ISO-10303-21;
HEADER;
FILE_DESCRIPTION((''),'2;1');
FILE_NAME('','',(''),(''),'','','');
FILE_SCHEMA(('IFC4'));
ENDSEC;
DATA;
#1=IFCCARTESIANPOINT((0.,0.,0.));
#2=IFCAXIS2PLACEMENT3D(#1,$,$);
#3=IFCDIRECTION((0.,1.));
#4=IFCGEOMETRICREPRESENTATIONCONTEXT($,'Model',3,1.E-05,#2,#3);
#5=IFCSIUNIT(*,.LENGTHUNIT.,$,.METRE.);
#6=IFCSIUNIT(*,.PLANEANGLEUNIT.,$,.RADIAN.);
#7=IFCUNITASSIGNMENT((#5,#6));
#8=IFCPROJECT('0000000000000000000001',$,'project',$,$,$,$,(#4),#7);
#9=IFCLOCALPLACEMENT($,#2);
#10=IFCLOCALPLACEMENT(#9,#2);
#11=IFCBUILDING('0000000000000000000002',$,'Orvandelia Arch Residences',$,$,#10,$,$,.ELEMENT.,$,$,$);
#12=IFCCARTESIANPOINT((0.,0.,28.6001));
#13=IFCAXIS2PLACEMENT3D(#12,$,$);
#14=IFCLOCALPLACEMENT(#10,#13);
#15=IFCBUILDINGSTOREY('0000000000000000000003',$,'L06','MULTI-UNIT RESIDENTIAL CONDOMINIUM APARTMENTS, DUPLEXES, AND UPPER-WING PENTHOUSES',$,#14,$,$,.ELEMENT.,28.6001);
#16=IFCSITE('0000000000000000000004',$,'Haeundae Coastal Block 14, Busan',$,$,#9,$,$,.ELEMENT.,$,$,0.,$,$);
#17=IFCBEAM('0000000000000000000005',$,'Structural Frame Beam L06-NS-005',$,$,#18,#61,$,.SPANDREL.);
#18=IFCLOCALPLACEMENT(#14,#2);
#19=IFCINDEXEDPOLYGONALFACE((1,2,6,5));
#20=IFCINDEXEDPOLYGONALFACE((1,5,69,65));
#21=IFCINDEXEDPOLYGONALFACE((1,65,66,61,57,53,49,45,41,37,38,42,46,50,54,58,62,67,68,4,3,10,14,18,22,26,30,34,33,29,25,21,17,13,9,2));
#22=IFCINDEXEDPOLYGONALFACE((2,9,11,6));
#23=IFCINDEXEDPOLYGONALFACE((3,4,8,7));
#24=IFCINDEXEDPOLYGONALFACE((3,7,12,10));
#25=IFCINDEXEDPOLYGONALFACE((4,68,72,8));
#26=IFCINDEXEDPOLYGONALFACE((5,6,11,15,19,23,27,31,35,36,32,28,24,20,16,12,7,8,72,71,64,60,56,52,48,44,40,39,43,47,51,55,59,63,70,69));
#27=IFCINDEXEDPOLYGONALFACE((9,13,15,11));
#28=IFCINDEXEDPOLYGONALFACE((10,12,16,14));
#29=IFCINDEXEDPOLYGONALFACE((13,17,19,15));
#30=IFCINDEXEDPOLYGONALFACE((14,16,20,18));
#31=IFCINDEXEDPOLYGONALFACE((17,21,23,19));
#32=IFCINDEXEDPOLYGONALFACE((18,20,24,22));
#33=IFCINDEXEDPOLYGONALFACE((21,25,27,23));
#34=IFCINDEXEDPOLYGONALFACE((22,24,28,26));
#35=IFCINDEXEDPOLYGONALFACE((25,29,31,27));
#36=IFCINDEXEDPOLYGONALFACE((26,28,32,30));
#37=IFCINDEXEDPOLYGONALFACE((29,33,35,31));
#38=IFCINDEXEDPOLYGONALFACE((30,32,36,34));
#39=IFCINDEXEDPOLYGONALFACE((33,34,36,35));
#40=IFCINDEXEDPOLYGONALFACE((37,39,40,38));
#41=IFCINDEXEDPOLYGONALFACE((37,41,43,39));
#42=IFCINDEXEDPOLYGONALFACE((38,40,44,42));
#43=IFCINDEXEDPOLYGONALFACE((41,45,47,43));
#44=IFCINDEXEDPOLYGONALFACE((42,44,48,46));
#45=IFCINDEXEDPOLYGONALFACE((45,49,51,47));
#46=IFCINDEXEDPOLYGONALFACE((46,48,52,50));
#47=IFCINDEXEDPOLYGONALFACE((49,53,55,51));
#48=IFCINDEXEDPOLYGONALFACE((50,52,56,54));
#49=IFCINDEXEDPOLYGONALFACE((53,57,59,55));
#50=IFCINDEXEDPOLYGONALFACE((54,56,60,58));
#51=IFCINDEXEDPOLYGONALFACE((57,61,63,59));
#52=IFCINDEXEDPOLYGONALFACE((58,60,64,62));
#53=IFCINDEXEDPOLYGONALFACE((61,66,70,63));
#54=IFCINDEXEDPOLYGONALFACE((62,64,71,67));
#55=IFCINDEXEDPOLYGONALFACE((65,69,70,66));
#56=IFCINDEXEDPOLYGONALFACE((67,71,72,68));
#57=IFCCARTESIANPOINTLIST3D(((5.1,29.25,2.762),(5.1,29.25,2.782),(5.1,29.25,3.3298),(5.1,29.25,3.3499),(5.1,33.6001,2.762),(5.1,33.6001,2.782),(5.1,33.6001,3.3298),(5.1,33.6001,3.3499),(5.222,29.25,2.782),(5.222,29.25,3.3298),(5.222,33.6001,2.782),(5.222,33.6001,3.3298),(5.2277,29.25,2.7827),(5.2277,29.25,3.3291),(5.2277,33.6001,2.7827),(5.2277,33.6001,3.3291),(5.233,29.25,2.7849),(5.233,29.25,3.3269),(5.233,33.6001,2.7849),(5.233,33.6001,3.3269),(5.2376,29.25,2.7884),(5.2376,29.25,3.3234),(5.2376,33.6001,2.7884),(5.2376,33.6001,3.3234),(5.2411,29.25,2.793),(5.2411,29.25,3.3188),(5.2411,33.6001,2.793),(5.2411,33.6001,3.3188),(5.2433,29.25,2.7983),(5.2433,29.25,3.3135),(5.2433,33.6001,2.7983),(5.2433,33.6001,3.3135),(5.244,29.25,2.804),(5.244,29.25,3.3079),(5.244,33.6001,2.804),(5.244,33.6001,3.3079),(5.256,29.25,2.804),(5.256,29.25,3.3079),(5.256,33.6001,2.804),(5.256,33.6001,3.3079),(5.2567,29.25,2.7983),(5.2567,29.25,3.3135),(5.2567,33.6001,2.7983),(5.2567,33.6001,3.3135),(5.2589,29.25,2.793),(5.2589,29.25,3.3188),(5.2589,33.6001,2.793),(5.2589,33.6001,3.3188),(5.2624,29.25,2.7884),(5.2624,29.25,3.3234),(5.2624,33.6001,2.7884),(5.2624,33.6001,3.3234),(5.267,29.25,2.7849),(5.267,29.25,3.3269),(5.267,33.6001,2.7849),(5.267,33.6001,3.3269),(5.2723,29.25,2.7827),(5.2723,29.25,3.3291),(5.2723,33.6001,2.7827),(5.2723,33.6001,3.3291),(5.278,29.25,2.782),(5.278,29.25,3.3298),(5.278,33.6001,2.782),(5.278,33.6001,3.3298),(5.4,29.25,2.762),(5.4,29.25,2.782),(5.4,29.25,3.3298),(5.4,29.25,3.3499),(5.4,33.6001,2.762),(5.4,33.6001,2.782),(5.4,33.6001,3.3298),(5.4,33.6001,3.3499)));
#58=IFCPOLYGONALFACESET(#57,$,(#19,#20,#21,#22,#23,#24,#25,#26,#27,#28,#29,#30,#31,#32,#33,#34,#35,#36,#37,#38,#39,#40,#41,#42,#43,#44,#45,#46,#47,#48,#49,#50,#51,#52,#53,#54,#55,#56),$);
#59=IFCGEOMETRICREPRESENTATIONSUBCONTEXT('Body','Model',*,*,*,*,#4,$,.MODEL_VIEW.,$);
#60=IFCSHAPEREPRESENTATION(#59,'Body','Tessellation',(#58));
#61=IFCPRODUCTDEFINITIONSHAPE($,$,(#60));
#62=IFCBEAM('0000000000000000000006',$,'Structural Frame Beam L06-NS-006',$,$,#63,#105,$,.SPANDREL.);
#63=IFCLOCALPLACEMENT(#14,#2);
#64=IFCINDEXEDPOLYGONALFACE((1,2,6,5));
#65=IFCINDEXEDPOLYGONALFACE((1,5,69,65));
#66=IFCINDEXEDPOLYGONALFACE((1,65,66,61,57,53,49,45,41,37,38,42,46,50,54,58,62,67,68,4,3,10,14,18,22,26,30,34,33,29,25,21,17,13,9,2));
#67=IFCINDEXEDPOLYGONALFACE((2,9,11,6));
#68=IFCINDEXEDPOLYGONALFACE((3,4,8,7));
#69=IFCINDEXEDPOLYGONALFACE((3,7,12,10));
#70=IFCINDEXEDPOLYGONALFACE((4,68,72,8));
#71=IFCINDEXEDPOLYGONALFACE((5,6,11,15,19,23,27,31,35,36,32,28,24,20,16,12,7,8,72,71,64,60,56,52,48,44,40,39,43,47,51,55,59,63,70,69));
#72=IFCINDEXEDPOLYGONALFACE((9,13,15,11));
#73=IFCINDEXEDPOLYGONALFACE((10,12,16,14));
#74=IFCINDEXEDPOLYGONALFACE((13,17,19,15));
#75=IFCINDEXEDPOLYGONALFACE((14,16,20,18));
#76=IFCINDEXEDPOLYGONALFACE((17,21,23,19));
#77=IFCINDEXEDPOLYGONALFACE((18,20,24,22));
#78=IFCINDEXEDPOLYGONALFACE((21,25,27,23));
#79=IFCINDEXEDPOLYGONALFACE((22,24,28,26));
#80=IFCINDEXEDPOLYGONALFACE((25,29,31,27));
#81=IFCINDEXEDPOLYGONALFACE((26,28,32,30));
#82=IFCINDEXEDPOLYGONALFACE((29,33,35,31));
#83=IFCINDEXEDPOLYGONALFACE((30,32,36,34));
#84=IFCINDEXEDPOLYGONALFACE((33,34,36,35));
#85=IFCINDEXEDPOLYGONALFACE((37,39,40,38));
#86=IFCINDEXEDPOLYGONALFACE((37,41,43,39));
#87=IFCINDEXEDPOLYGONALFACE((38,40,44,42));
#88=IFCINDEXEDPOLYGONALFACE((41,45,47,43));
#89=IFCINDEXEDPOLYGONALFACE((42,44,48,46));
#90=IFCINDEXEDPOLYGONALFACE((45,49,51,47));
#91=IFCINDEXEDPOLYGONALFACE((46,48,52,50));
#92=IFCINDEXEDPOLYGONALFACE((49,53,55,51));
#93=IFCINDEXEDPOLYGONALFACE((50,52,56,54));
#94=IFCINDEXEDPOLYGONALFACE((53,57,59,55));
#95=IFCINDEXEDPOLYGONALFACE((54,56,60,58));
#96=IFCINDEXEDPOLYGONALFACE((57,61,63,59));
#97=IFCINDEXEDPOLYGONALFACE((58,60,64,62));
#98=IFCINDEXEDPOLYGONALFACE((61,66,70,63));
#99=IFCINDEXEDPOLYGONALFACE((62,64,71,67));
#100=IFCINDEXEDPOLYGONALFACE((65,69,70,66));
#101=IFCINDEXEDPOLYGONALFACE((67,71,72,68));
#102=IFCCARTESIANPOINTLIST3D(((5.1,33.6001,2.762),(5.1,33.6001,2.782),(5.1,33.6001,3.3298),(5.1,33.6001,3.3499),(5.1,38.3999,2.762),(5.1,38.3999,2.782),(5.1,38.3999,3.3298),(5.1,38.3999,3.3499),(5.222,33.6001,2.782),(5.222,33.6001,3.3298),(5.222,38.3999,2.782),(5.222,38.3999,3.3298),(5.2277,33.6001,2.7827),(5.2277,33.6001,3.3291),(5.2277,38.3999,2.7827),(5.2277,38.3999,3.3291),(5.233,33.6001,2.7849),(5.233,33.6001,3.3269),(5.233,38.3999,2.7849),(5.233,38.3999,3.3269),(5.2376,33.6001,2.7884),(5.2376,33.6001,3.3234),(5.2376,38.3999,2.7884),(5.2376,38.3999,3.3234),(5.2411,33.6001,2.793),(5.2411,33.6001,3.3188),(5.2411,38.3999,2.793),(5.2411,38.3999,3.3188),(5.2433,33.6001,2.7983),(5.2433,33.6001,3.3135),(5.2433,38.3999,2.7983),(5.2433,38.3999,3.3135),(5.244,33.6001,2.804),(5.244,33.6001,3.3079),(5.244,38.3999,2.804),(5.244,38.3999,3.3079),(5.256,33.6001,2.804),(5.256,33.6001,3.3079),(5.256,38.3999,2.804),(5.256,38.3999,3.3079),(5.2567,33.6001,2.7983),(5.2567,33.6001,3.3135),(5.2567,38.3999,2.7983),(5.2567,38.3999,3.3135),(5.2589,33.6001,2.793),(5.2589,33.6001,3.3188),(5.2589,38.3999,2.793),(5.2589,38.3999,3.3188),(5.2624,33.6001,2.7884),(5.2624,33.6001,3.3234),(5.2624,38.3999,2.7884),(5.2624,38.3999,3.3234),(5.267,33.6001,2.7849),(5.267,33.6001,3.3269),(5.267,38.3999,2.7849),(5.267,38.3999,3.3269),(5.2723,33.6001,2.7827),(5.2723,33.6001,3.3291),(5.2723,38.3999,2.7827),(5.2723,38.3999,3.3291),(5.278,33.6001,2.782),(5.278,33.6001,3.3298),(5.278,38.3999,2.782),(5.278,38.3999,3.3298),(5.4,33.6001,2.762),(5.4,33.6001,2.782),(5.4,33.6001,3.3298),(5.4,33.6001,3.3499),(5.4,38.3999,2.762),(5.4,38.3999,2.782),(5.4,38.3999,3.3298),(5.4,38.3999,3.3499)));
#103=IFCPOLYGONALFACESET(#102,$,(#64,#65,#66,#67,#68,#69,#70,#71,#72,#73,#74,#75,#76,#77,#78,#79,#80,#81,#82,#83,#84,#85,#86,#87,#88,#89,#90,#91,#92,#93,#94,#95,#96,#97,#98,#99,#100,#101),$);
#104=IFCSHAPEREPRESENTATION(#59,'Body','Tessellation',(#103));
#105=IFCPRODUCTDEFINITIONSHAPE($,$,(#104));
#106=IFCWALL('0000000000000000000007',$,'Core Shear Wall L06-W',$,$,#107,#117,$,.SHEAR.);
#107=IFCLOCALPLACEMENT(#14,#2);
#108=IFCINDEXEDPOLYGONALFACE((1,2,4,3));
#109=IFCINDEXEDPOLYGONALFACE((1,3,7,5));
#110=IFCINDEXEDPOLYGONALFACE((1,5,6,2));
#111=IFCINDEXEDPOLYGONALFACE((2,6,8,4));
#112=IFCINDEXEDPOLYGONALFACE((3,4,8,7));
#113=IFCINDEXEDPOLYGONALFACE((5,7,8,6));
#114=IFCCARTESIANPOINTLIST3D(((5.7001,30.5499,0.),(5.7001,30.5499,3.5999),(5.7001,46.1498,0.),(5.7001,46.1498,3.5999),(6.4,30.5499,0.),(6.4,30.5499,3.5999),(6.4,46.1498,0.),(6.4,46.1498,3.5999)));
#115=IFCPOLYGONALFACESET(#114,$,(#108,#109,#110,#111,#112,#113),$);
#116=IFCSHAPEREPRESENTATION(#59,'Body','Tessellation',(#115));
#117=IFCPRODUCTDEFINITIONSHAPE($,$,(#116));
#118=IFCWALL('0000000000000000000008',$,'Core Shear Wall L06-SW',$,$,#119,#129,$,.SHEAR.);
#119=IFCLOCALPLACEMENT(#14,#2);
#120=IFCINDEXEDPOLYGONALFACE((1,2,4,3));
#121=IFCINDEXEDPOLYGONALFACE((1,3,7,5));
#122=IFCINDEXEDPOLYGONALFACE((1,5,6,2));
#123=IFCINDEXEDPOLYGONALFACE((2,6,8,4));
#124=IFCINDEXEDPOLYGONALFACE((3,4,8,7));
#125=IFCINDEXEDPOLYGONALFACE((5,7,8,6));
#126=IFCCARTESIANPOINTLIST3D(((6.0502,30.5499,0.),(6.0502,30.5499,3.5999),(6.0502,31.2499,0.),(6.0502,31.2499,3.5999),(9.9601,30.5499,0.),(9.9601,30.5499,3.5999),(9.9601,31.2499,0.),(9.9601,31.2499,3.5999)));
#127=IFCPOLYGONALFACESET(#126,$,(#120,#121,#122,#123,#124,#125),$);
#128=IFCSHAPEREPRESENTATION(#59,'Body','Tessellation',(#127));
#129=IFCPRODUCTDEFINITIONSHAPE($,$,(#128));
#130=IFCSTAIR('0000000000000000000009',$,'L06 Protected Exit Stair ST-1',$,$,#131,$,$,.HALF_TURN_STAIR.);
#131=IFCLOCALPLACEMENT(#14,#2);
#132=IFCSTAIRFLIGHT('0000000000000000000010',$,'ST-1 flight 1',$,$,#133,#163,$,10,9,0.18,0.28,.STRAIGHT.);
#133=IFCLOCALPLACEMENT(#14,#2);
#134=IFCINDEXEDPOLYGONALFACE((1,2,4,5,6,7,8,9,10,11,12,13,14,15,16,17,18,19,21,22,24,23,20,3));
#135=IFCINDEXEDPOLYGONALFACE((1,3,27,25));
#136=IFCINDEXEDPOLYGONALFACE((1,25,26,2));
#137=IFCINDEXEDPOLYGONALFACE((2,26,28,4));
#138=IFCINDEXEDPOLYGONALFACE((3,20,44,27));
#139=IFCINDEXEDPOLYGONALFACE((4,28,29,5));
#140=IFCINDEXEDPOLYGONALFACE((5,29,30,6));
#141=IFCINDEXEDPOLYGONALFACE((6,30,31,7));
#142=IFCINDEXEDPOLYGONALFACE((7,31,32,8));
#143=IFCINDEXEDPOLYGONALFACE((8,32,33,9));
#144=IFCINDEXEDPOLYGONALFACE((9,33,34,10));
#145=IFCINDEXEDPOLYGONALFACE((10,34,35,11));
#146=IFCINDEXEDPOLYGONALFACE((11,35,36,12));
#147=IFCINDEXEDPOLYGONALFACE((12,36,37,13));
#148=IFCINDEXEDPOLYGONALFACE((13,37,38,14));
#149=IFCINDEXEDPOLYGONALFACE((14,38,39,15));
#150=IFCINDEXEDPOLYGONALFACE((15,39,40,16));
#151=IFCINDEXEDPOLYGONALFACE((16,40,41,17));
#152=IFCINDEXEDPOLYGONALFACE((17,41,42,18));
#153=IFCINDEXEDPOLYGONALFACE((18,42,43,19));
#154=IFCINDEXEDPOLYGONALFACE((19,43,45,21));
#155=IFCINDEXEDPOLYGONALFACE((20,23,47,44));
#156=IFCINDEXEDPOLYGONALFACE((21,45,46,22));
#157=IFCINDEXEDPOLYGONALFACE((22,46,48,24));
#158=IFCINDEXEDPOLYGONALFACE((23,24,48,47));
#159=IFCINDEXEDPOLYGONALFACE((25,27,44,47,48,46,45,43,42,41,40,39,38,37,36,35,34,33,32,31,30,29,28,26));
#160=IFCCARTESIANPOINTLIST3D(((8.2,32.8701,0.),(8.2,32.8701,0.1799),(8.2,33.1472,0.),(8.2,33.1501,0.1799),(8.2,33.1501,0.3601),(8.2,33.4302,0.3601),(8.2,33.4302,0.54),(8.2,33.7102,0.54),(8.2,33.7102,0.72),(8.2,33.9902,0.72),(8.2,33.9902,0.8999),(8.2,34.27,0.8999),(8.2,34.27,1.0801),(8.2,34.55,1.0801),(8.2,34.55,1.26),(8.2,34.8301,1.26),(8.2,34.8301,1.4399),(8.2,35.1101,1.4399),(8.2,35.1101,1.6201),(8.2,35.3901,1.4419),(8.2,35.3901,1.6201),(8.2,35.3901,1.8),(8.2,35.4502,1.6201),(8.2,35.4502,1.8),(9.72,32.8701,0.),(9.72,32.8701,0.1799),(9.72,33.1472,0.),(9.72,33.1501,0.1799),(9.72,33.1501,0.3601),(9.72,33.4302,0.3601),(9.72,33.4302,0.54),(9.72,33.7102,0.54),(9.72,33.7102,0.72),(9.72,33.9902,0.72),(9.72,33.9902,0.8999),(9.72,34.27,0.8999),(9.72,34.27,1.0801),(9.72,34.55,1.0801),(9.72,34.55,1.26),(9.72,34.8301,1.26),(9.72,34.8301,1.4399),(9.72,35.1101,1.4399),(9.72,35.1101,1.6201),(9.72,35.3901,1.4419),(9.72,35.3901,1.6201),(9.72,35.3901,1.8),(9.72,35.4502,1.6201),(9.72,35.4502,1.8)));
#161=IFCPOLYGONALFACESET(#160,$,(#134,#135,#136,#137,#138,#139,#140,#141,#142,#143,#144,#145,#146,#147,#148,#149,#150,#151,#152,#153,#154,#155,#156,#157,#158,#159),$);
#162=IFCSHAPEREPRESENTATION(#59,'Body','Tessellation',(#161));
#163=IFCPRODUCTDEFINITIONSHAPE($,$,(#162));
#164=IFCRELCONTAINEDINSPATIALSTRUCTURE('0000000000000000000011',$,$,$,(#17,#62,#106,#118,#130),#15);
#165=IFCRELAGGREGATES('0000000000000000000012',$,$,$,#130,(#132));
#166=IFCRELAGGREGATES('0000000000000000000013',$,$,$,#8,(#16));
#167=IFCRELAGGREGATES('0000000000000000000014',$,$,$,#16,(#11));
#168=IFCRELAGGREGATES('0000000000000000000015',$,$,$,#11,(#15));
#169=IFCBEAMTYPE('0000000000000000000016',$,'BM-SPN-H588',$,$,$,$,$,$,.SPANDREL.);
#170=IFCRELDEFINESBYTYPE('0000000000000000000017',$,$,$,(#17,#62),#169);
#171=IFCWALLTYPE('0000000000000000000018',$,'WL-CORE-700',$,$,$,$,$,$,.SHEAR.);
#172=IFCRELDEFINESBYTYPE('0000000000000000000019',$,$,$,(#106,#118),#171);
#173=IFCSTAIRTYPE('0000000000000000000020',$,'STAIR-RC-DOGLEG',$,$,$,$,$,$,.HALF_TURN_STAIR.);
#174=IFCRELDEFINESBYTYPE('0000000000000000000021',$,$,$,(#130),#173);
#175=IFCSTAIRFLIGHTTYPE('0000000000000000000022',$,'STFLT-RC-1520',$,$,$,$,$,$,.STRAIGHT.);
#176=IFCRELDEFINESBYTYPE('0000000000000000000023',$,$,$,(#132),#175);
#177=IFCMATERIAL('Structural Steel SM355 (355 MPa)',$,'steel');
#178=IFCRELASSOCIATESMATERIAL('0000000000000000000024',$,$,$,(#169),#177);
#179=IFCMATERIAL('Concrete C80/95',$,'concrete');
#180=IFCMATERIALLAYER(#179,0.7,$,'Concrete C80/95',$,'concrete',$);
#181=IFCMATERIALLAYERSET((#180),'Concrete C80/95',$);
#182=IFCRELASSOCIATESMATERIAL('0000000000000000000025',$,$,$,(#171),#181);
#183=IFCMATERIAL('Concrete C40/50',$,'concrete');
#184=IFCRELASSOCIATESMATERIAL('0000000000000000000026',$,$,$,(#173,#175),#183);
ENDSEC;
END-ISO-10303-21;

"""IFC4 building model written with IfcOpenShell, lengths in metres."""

from ifc_helpers import new_model, si_unit, direction, frame, frame_2d, origin, origin_2d, place, context, subcontext, project, spatial, polyline, rectangle, i_section, outline, extrude, material, layer, layer_set, material_profile, profile_set, type_object, element, aggregate, save


model = new_model("IFC4")

# Units and contexts
model_context = context("Model", 3, precision=1e-05, world=origin(), true_north=direction((0.0, 1.0)))
body_context = subcontext(model_context, "Body", "Model", "MODEL_VIEW")
ifc_project = project(units=[si_unit("LENGTHUNIT", "METRE"), si_unit("PLANEANGLEUNIT", "RADIAN")], contexts=[model_context])

# Site, building, storey
site_placement = place(None, origin())
site = spatial("IfcSite", under=ifc_project, at=site_placement, Name="Haeundae Coastal Block 14, Busan", CompositionType="ELEMENT", RefElevation=0.0)
building_placement = place(site_placement, origin())
building = spatial("IfcBuilding", under=site, at=building_placement, Name="Orvandelia Arch Residences", CompositionType="ELEMENT")
storey_placement = place(building_placement, frame((0.0, 0.0, 28.6001)))
storey = spatial("IfcBuildingStorey", under=building, at=storey_placement, Name="L06", Description="MULTI-UNIT RESIDENTIAL CONDOMINIUM APARTMENTS, DUPLEXES, AND UPPER-WING PENTHOUSES", CompositionType="ELEMENT", Elevation=28.6001)

# Shared definitions
ifc_material_1 = material(Name="Concrete C80/95", Category="concrete")

# Beams
ifc_material_2 = material(Name="Structural Steel SM355 (355 MPa)", Category="steel")
ifc_material_profile_1 = material_profile(ifc_material_2, i_section(OverallWidth=0.3, OverallDepth=0.5879, WebThickness=0.012, FlangeThickness=0.02, FilletRadius=0.022, at=origin_2d()), Name="Structural Steel SM355 (355 MPa)", Category="steel")
ifc_profile_set_1 = profile_set([ifc_material_profile_1], Name="Structural Steel SM355 (355 MPa)")
beam_type_1 = type_object("IfcBeamType", Name="BM-SPN-H588", PredefinedType="SPANDREL", material=ifc_profile_set_1)
beam_1_placement = place(storey_placement, frame((5.25, 29.25, 3.0559), z_axis=(0.0, 1.0, 0.0), x_axis=(-1.0, 0.0, 0.0)))
element("IfcBeam", 1, at=beam_1_placement, inside=storey, type_object=beam_type_1, Name="Structural Frame Beam L06-NS-005", PredefinedType="SPANDREL", context=body_context, shape_type="SweptSolid", body=[
    extrude(i_section(OverallWidth=0.3, OverallDepth=0.5879, WebThickness=0.012, FlangeThickness=0.02, FilletRadius=0.022, at=origin_2d()), origin(), (0.0, 0.0, 1.0), 4.3501),
])
beam_2_placement = place(storey_placement, frame((5.25, 33.6001, 3.0559), z_axis=(0.0, 1.0, 0.0), x_axis=(-1.0, 0.0, 0.0)))
element("IfcBeam", 2, at=beam_2_placement, inside=storey, type_object=beam_type_1, Name="Structural Frame Beam L06-NS-006", PredefinedType="SPANDREL", context=body_context, shape_type="SweptSolid", body=[
    extrude(i_section(OverallWidth=0.3, OverallDepth=0.5879, WebThickness=0.012, FlangeThickness=0.02, FilletRadius=0.022, at=origin_2d()), origin(), (0.0, 0.0, 1.0), 4.7998),
])

# Walls
ifc_layer = layer(ifc_material_1, 0.7, Name="Concrete C80/95", Category="concrete")
ifc_layer_set = layer_set([ifc_layer], Name="Concrete C80/95")
wall_type = type_object("IfcWallType", Name="WL-CORE-700", PredefinedType="SHEAR", material=ifc_layer_set)
wall_1_placement = place(storey_placement, frame((6.05, 30.55, 0.0), z_axis=(0.0, 0.0, 1.0), x_axis=(0.0, 1.0, 0.0)))
element("IfcWall", 3, at=wall_1_placement, inside=storey, type_object=wall_type, Name="Core Shear Wall L06-W", PredefinedType="SHEAR", context=body_context, shape_type="SweptSolid", body=[
    extrude(rectangle(XDim=15.5999, YDim=0.7, at=frame_2d((7.7998, 0.0))), origin(), (0.0, 0.0, 1.0), 3.5999),
])
wall_2_placement = place(storey_placement, frame((6.05, 30.8999, 0.0), z_axis=(0.0, 0.0, 1.0), x_axis=(1.0, 0.0, 0.0)))
element("IfcWall", 4, at=wall_2_placement, inside=storey, type_object=wall_type, Name="Core Shear Wall L06-SW", PredefinedType="SHEAR", context=body_context, shape_type="SweptSolid", body=[
    extrude(rectangle(XDim=3.9099, YDim=0.7, at=frame_2d((1.9551, 0.0))), origin(), (0.0, 0.0, 1.0), 3.5999),
])

# Stair, stair flight
ifc_material_3 = material(Name="Concrete C40/50", Category="concrete")
stair_type = type_object("IfcStairType", Name="STAIR-RC-DOGLEG", PredefinedType="HALF_TURN_STAIR", material=ifc_material_3)
stair_placement = place(storey_placement, origin())
stair = element("IfcStair", 5, at=stair_placement, inside=storey, type_object=stair_type, Name="L06 Protected Exit Stair ST-1", PredefinedType="HALF_TURN_STAIR")
stair_flight_type = type_object("IfcStairFlightType", Name="STFLT-RC-1520", PredefinedType="STRAIGHT", material=ifc_material_3)
stair_flight_1_placement = place(storey_placement, frame((8.96, 32.8701, 0.0), z_axis=(0.0, 0.0, 1.0), x_axis=(0.0, 1.0, 0.0)))
stair_flight_1 = element("IfcStairFlight", 6, at=stair_flight_1_placement, type_object=stair_flight_type, Name="ST-1 flight 1", NumberOfRisers=10, NumberOfTreads=9, PredefinedType="STRAIGHT", RiserHeight=0.18, TreadLength=0.28, context=body_context, shape_type="SweptSolid", body=[
    extrude(outline(polyline([(0.0, 0.0), (0.0, 0.1799), (0.28, 0.1799), (0.28, 0.3601), (0.5601, 0.3601), (0.5601, 0.54), (0.8401, 0.54), (0.8401, 0.72), (1.1201, 0.72), (1.1201, 0.8999), (1.3999, 0.8999), (1.3999, 1.0801), (1.6799, 1.0801), (1.6799, 1.26), (1.96, 1.26), (1.96, 1.4399), (2.24, 1.4399), (2.24, 1.6201), (2.52, 1.6201), (2.52, 1.8), (2.5801, 1.8), (2.5801, 1.6201), (2.52, 1.4419), (0.2771, 0.0), (0.0, 0.0)])), frame((0.0, 0.76, 0.0), z_axis=(0.0, -1.0, 0.0), x_axis=(1.0, 0.0, 0.0)), (0.0, 0.0, 1.0), 1.52),
])
aggregate(stair, [stair_flight_1])

save(model, "model.ifc")
